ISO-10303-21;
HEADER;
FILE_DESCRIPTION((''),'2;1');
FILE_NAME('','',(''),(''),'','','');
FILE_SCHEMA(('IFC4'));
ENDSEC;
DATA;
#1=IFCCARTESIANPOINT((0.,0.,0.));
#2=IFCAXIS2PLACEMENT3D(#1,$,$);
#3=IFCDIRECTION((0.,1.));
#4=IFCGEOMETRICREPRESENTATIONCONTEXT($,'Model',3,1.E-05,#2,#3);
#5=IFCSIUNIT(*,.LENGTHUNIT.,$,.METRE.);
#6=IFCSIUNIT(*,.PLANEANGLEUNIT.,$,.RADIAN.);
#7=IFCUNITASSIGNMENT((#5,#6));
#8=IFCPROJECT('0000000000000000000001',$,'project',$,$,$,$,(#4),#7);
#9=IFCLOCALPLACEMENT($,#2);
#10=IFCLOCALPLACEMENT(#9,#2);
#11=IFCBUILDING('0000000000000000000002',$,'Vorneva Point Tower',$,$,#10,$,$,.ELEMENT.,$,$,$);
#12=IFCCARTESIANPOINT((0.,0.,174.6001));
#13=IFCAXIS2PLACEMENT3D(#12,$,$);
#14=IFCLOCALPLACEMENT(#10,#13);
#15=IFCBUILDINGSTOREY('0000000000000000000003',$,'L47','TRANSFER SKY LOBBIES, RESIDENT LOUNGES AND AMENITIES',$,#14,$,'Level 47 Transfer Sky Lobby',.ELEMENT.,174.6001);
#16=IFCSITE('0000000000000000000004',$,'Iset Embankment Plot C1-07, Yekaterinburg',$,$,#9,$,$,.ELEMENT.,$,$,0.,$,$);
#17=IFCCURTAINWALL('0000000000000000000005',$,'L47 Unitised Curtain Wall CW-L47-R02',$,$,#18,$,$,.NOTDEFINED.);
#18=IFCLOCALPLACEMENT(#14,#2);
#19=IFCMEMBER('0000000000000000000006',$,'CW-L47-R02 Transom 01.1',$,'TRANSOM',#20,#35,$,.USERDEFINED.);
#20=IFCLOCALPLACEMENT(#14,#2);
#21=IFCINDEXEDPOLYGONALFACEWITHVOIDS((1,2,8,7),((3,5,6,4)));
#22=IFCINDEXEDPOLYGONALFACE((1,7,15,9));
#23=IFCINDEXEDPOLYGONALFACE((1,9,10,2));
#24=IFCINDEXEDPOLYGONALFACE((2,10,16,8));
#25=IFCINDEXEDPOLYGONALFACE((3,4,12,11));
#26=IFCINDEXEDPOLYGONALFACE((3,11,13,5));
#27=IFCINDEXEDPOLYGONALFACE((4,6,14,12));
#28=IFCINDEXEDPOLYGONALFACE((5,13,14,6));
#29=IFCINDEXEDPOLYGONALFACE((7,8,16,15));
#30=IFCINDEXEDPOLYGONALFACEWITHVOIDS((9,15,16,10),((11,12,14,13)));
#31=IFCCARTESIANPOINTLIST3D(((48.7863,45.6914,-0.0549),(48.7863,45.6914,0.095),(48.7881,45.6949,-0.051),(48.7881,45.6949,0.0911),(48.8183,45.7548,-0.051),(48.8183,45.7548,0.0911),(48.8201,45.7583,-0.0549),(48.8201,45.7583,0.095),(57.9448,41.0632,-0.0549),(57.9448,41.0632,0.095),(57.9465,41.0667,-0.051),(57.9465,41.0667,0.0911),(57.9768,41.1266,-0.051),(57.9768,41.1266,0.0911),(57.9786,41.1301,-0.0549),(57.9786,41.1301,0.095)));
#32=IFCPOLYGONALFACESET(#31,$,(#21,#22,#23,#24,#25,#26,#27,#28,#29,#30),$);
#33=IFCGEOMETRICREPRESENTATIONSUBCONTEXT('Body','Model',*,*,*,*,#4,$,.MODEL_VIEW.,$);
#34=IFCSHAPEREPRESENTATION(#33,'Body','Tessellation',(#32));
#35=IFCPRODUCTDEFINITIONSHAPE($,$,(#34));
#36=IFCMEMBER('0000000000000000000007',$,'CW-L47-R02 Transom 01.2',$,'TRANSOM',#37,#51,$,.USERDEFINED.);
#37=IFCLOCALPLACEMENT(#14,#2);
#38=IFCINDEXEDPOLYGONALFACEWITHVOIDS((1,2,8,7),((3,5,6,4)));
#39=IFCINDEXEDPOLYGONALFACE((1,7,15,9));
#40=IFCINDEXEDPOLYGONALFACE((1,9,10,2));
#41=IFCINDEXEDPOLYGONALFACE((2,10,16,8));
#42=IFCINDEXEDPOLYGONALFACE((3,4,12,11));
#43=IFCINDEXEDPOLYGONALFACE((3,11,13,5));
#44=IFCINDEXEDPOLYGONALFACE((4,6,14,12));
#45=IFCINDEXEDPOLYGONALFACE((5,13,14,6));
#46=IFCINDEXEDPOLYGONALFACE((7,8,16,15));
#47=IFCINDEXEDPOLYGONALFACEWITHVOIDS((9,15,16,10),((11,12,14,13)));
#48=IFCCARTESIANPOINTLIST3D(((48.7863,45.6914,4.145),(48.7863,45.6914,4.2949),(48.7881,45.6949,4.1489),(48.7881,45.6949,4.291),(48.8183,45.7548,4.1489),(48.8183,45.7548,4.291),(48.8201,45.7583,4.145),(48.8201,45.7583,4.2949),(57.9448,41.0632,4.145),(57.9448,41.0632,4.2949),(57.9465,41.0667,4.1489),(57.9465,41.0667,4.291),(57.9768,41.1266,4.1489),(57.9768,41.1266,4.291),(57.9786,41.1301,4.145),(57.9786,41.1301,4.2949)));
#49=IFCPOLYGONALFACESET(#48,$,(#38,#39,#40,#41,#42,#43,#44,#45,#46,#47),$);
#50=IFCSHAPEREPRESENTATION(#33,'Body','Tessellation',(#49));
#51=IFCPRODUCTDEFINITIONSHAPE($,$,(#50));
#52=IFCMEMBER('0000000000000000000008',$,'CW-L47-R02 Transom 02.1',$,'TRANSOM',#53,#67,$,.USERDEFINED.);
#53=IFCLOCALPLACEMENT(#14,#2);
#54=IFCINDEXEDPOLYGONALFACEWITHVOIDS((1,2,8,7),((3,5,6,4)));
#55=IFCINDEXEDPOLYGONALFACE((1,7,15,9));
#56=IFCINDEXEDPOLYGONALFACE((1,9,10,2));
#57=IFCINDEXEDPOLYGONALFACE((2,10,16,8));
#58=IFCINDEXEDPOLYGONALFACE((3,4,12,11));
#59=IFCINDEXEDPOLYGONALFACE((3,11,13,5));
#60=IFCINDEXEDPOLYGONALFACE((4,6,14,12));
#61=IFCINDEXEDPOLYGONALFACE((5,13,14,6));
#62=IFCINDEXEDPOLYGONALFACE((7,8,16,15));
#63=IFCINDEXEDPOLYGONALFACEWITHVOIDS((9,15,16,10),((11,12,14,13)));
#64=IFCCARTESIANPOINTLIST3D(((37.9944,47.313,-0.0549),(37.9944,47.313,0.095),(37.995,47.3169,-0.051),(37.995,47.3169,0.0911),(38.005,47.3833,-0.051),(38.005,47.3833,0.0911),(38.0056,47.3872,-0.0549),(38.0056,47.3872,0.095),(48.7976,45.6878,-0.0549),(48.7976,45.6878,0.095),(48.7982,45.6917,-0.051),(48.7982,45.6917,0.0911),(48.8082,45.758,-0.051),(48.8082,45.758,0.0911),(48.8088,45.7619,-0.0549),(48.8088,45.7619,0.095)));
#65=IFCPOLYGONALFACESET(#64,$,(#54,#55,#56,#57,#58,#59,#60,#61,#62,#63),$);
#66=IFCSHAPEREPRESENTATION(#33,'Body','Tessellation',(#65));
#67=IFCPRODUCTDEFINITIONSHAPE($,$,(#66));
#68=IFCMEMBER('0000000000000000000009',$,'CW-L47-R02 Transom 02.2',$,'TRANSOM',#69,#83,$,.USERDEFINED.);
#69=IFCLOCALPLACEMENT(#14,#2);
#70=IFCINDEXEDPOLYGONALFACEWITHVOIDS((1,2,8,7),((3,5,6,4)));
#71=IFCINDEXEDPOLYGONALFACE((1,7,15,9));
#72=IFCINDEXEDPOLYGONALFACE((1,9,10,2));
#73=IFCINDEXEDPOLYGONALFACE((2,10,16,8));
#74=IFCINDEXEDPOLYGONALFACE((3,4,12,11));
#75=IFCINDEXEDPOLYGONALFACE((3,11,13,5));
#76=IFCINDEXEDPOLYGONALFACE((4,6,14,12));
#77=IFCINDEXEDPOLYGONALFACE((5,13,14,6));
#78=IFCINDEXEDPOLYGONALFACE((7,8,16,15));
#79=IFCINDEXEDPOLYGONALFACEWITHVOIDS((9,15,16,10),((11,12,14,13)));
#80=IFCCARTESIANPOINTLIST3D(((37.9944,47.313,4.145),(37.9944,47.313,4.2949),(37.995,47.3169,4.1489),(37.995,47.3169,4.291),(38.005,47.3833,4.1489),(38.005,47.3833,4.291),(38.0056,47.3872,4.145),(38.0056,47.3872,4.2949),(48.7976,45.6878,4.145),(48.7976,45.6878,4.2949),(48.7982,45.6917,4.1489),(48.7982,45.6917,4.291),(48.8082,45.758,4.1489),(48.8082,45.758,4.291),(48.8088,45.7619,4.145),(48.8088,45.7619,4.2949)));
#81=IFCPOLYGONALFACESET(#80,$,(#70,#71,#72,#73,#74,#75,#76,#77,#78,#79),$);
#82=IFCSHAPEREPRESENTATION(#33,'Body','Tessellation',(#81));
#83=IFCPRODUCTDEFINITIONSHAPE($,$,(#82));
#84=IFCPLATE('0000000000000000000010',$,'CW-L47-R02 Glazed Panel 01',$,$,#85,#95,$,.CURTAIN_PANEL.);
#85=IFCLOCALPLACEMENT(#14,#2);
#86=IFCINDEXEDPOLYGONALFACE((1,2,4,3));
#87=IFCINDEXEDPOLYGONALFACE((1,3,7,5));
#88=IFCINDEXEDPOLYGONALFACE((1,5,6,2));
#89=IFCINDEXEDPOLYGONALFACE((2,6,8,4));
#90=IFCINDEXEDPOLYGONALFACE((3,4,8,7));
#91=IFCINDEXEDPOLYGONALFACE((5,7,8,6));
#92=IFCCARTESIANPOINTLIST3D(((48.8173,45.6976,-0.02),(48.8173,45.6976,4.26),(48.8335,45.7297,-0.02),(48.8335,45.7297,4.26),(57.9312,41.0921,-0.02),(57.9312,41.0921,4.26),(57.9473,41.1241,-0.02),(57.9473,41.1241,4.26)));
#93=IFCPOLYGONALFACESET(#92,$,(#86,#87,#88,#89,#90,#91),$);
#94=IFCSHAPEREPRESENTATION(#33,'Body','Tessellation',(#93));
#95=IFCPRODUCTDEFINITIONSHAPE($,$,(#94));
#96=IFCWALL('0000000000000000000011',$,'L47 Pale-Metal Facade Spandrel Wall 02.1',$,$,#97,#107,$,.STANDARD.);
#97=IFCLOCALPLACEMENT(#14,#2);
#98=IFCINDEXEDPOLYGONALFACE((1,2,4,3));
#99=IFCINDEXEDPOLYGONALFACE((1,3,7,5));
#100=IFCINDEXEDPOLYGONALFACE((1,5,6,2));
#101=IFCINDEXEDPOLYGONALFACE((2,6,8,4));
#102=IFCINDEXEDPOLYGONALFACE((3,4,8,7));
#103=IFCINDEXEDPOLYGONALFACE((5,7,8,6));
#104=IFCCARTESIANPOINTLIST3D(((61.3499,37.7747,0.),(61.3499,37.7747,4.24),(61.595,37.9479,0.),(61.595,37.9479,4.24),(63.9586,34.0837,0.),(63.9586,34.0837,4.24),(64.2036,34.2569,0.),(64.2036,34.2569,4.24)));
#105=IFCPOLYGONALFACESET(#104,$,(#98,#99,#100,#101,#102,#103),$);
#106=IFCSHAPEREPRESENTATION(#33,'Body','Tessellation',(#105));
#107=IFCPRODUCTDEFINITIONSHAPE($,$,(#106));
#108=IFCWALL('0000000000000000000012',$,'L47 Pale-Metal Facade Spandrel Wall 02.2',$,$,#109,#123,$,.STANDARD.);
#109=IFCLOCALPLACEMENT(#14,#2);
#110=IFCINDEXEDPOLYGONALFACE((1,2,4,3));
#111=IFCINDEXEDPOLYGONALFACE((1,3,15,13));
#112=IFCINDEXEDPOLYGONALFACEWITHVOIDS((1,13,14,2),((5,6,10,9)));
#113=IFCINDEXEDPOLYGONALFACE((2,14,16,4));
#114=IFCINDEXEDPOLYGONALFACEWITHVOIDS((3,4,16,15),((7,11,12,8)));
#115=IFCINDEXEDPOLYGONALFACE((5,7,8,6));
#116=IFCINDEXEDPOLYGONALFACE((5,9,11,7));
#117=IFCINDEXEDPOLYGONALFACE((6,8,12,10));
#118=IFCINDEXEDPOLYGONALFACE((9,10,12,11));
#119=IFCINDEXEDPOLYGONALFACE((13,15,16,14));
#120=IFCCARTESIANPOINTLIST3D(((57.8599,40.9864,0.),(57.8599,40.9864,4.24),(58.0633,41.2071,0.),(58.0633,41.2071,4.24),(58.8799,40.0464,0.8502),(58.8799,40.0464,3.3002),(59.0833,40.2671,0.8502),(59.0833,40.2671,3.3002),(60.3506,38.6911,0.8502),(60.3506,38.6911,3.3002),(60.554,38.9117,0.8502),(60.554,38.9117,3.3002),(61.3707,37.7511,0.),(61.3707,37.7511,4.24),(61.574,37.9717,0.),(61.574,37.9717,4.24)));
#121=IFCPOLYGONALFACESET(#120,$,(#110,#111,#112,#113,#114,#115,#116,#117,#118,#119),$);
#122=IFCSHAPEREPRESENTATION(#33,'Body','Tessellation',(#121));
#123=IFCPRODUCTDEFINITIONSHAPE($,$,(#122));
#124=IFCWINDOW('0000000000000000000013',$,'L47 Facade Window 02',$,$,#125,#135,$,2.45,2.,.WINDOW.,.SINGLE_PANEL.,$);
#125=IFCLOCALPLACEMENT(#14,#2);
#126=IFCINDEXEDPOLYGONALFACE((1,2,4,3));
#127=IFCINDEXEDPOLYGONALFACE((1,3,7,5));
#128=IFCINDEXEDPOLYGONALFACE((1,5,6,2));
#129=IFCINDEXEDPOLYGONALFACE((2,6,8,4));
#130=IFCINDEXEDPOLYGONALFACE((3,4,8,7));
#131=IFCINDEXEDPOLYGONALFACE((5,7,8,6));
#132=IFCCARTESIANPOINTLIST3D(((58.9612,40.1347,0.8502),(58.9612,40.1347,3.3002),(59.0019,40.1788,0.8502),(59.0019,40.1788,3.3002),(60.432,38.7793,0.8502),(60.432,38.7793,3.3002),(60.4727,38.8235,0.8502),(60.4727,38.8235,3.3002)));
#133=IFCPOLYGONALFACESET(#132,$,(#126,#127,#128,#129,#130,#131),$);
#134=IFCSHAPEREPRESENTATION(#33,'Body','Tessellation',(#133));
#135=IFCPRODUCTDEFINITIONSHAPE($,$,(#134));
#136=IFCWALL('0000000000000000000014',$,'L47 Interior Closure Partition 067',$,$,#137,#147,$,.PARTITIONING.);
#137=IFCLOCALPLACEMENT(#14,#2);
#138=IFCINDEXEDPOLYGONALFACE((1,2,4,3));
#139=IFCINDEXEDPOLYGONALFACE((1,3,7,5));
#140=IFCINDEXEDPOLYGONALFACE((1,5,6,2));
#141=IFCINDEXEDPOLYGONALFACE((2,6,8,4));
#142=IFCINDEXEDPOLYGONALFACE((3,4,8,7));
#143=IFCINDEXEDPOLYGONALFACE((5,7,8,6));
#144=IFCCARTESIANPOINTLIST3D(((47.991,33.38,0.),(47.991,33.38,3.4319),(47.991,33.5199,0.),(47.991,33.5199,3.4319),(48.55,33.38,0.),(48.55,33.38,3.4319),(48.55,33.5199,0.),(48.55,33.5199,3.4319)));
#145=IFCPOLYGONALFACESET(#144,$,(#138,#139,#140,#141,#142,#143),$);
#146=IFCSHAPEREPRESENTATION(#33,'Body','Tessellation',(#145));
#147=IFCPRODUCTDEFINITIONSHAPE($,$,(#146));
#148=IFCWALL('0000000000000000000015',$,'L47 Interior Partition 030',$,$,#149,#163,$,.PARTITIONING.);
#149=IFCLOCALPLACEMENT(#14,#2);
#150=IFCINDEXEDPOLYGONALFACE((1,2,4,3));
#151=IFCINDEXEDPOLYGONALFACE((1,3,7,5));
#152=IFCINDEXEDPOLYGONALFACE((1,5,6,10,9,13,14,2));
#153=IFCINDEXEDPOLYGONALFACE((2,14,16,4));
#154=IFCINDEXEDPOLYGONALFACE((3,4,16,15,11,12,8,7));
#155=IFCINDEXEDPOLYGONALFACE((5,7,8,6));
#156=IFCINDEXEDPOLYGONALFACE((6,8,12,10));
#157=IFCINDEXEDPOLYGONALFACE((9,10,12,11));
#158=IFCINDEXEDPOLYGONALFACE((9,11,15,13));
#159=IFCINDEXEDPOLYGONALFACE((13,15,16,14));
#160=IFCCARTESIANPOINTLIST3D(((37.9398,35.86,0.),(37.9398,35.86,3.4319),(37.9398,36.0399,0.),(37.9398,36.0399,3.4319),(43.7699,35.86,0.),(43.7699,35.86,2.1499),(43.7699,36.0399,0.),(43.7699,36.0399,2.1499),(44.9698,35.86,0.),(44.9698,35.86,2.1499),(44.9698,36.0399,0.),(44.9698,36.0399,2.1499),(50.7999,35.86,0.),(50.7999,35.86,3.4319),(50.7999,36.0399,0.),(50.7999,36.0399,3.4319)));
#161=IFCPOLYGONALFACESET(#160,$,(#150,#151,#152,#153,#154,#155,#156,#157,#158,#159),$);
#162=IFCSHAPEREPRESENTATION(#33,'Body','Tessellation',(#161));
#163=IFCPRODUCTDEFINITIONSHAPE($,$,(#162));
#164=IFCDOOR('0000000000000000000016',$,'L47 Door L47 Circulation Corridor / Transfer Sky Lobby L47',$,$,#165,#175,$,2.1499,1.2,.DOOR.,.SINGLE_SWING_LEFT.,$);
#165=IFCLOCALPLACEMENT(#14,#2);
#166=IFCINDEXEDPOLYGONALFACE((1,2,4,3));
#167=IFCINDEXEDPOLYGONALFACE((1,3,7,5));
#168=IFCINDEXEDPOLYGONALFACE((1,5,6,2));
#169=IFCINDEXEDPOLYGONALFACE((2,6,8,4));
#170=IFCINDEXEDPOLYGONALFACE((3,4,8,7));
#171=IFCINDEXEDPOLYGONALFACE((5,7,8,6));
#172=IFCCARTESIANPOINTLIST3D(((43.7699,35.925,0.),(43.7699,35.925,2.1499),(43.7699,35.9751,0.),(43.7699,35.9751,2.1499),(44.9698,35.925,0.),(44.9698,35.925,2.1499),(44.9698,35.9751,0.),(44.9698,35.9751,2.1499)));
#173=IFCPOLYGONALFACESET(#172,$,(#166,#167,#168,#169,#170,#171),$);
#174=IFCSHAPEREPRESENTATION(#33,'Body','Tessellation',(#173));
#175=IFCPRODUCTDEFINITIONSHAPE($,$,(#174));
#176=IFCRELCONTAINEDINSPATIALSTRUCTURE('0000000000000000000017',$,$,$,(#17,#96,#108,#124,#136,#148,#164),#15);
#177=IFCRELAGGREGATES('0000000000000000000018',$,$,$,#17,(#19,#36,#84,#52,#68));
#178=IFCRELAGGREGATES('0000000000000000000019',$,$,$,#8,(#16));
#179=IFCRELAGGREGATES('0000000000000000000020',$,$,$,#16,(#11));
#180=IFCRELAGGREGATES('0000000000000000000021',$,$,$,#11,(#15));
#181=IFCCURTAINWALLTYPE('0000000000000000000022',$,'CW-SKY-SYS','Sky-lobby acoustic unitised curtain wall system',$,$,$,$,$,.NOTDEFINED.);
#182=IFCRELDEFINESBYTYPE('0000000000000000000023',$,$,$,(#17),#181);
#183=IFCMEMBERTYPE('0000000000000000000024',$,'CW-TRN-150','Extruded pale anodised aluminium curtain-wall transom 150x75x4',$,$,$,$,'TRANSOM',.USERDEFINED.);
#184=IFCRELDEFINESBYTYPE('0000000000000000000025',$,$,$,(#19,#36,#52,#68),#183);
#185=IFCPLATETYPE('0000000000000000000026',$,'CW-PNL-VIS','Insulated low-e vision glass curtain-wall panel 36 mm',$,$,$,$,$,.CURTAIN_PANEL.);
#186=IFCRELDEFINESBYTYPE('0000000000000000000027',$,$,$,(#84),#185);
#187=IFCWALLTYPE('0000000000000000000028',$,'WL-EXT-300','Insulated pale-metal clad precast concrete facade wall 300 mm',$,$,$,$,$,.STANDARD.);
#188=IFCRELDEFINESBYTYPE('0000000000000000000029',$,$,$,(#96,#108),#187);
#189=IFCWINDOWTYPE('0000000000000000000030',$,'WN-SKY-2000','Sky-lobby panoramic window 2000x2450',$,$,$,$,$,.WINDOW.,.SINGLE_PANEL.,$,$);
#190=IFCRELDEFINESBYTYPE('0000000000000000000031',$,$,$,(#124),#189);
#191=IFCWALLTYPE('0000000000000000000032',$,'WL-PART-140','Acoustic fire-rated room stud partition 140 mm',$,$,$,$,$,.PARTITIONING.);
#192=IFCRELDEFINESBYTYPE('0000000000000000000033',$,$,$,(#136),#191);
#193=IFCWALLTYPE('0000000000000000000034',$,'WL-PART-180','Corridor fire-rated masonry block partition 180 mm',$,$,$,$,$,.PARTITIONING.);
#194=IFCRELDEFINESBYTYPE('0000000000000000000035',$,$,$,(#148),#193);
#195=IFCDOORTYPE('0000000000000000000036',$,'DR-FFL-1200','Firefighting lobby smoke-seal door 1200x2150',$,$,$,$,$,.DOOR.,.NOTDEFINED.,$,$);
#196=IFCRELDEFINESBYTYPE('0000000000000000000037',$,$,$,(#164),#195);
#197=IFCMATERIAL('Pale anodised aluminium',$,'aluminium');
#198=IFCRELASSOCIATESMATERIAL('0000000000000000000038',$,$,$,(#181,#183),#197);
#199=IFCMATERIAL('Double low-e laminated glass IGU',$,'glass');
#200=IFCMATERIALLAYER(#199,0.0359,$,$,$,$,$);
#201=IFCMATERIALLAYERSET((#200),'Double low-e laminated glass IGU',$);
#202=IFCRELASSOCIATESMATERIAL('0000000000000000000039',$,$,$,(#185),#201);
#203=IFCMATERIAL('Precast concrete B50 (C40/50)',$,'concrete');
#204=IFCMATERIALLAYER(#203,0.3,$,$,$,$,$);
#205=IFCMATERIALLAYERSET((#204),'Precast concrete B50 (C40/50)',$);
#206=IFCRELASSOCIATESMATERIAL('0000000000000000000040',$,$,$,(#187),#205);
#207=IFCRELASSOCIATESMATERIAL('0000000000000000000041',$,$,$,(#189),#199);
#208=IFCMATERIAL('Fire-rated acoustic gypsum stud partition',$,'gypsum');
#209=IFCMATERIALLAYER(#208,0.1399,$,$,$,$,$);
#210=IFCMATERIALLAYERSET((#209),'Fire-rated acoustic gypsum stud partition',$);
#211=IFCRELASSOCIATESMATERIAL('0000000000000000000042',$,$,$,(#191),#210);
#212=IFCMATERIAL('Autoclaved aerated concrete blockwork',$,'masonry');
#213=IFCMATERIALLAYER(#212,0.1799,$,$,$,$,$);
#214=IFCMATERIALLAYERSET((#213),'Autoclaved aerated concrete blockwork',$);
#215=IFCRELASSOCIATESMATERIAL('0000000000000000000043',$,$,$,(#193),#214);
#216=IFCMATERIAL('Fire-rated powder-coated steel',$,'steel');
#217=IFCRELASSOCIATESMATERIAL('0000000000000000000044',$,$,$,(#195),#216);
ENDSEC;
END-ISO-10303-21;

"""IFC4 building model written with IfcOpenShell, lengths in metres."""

from ifc_helpers import new_model, si_unit, direction, frame, frame_2d, origin, origin_2d, place, context, subcontext, project, spatial, rectangle, hollow_rectangle, extrude, material, layer, layer_set, material_profile, profile_set, type_object, element, fill, aggregate, save


model = new_model("IFC4")

# Units and contexts
model_context = context("Model", 3, precision=1e-05, world=origin(), true_north=direction((0.0, 1.0)))
body_context = subcontext(model_context, "Body", "Model", "MODEL_VIEW")
ifc_project = project(units=[si_unit("LENGTHUNIT", "METRE"), si_unit("PLANEANGLEUNIT", "RADIAN")], contexts=[model_context])

# Site, building, storey
site_placement = place(None, origin())
site = spatial("IfcSite", under=ifc_project, at=site_placement, Name="Iset Embankment Plot C1-07, Yekaterinburg", CompositionType="ELEMENT", RefElevation=0.0)
building_placement = place(site_placement, origin())
building = spatial("IfcBuilding", under=site, at=building_placement, Name="Vorneva Point Tower", CompositionType="ELEMENT")
storey_placement = place(building_placement, frame((0.0, 0.0, 174.6001)))
storey = spatial("IfcBuildingStorey", under=building, at=storey_placement, Name="L47", Description="TRANSFER SKY LOBBIES, RESIDENT LOUNGES AND AMENITIES", LongName="Level 47 Transfer Sky Lobby", CompositionType="ELEMENT", Elevation=174.6001)

# Shared definitions
ifc_material_1 = material(Name="Pale anodised aluminium", Category="aluminium")
curtain_wall_type = type_object("IfcCurtainWallType", Name="CW-SKY-SYS", Description="Sky-lobby acoustic unitised curtain wall system", PredefinedType="NOTDEFINED", material=ifc_material_1)

# Curtain wall, members, plate
curtain_wall_1_placement = place(storey_placement, origin())
curtain_wall_1 = element("IfcCurtainWall", 1, at=curtain_wall_1_placement, inside=storey, type_object=curtain_wall_type, Name="L47 Unitised Curtain Wall CW-L47-R02", PredefinedType="NOTDEFINED")
ifc_material_profile_1 = material_profile(ifc_material_1, hollow_rectangle(XDim=0.075, YDim=0.1499, WallThickness=0.0039, at=origin_2d()), Name="AL-TRN 150x75x4")
ifc_profile_set_1 = profile_set([ifc_material_profile_1], Name="Pale anodised aluminium")
member_type_1 = type_object("IfcMemberType", Name="CW-TRN-150", Description="Extruded pale anodised aluminium curtain-wall transom 150x75x4", ElementType="TRANSOM", PredefinedType="USERDEFINED", material=ifc_profile_set_1)
member_1_placement = place(storey_placement, frame((57.9617, 41.0967, 0.02), z_axis=(-0.892511, 0.451026, 0.0), x_axis=(-0.451026, -0.892511, 0.0)))
member_1 = element("IfcMember", 2, at=member_1_placement, type_object=member_type_1, Name="CW-L47-R02 Transom 01.1", ObjectType="TRANSOM", PredefinedType="USERDEFINED", context=body_context, shape_type="SweptSolid", body=[
    extrude(hollow_rectangle(XDim=0.075, YDim=0.1499, WallThickness=0.0039, at=origin_2d()), origin(), (0.0, 0.0, 1.0), 10.2615),
])
member_2_placement = place(storey_placement, frame((57.9617, 41.0967, 4.22), z_axis=(-0.892511, 0.451026, 0.0), x_axis=(-0.451026, -0.892511, 0.0)))
member_2 = element("IfcMember", 3, at=member_2_placement, type_object=member_type_1, Name="CW-L47-R02 Transom 01.2", ObjectType="TRANSOM", PredefinedType="USERDEFINED", context=body_context, shape_type="SweptSolid", body=[
    extrude(hollow_rectangle(XDim=0.075, YDim=0.1499, WallThickness=0.0039, at=origin_2d()), origin(), (0.0, 0.0, 1.0), 10.2615),
])
member_3_placement = place(storey_placement, frame((48.8032, 45.7249, 0.02), z_axis=(-0.988872, 0.148767, 0.0), x_axis=(-0.148767, -0.988872, 0.0)))
member_3 = element("IfcMember", 4, at=member_3_placement, type_object=member_type_1, Name="CW-L47-R02 Transom 02.1", ObjectType="TRANSOM", PredefinedType="USERDEFINED", context=body_context, shape_type="SweptSolid", body=[
    extrude(hollow_rectangle(XDim=0.075, YDim=0.1499, WallThickness=0.0039, at=origin_2d()), origin(), (0.0, 0.0, 1.0), 10.9248),
])
member_4_placement = place(storey_placement, frame((48.8032, 45.7249, 4.22), z_axis=(-0.988872, 0.148767, 0.0), x_axis=(-0.148767, -0.988872, 0.0)))
member_4 = element("IfcMember", 5, at=member_4_placement, type_object=member_type_1, Name="CW-L47-R02 Transom 02.2", ObjectType="TRANSOM", PredefinedType="USERDEFINED", context=body_context, shape_type="SweptSolid", body=[
    extrude(hollow_rectangle(XDim=0.075, YDim=0.1499, WallThickness=0.0039, at=origin_2d()), origin(), (0.0, 0.0, 1.0), 10.9248),
])
ifc_material_2 = material(Name="Double low-e laminated glass IGU", Category="glass")
ifc_layer_1 = layer(ifc_material_2, 0.0359)
ifc_layer_set_1 = layer_set([ifc_layer_1], Name="Double low-e laminated glass IGU")
plate_type = type_object("IfcPlateType", Name="CW-PNL-VIS", Description="Insulated low-e vision glass curtain-wall panel 36 mm", PredefinedType="CURTAIN_PANEL", material=ifc_layer_set_1)
plate_placement = place(storey_placement, frame((53.3823, 43.4109, -0.02), z_axis=(0.0, 0.0, 1.0), x_axis=(-0.892515, 0.451018, 0.0)))
plate = element("IfcPlate", 6, at=plate_placement, type_object=plate_type, Name="CW-L47-R02 Glazed Panel 01", PredefinedType="CURTAIN_PANEL", context=body_context, shape_type="SweptSolid", body=[
    extrude(rectangle(XDim=10.2114, YDim=0.0359, at=origin_2d()), origin(), (0.0, 0.0, 1.0), 4.28),
])
aggregate(curtain_wall_1, [member_1, member_2, plate, member_3, member_4])

# Wall
ifc_material_3 = material(Name="Precast concrete B50 (C40/50)", Category="concrete")
ifc_layer_2 = layer(ifc_material_3, 0.3)
ifc_layer_set_2 = layer_set([ifc_layer_2], Name="Precast concrete B50 (C40/50)")
wall_type_1 = type_object("IfcWallType", Name="WL-EXT-300", Description="Insulated pale-metal clad precast concrete facade wall 300 mm", PredefinedType="STANDARD", material=ifc_layer_set_2)
wall_1_placement = place(storey_placement, frame((64.0811, 34.1704, 0.0), z_axis=(0.0, 0.0, 1.0), x_axis=(-0.577169, 0.816625, 0.0)))
element("IfcWall", 7, at=wall_1_placement, inside=storey, type_object=wall_type_1, Name="L47 Pale-Metal Facade Spandrel Wall 02.1", PredefinedType="STANDARD", context=body_context, shape_type="SweptSolid", body=[
    extrude(rectangle(XDim=4.5198, YDim=0.3, at=frame_2d((2.2598, 0.0))), origin(), (0.0, 0.0, 1.0), 4.24),
])

# Wall, opening, window
wall_2_placement = place(storey_placement, frame((61.4724, 37.8613, 0.0), z_axis=(0.0, 0.0, 1.0), x_axis=(-0.73536, 0.677677, 0.0)))
wall_2 = element("IfcWall", 8, at=wall_2_placement, inside=storey, type_object=wall_type_1, Name="L47 Pale-Metal Facade Spandrel Wall 02.2", PredefinedType="STANDARD", context=body_context, shape_type="SweptSolid", body=[
    extrude(rectangle(XDim=4.7742, YDim=0.3, at=frame_2d((2.3872, 0.0))), origin(), (0.0, 0.0, 1.0), 4.24),
])
opening_1_placement = place(wall_2_placement, frame((1.3872, 0.0, 0.8501)))
opening_1 = element("IfcOpeningElement", 9, at=opening_1_placement, cuts=wall_2, PredefinedType="OPENING", context=body_context, shape_type="SweptSolid", body=[
    extrude(rectangle(XDim=2.0, YDim=2.45, at=frame_2d((1.0, 1.2251))), frame((0.0, 0.165, 0.0), z_axis=(0.0, -1.0, 0.0), x_axis=(1.0, 0.0, 0.0)), (0.0, 0.0, 1.0), 0.3298),
])
window_type = type_object("IfcWindowType", Name="WN-SKY-2000", Description="Sky-lobby panoramic window 2000x2450", PartitioningType="SINGLE_PANEL", PredefinedType="WINDOW", material=ifc_material_2)
window_placement = place(opening_1_placement, origin())
window = element("IfcWindow", 10, at=window_placement, inside=storey, type_object=window_type, Name="L47 Facade Window 02", OverallHeight=2.45, OverallWidth=2.0, PartitioningType="SINGLE_PANEL", PredefinedType="WINDOW", context=body_context, shape_type="SweptSolid", body=[
    extrude(rectangle(XDim=2.0, YDim=2.45, at=frame_2d((1.0, 1.2251))), frame((0.0, 0.03, 0.0), z_axis=(0.0, -1.0, 0.0), x_axis=(1.0, 0.0, 0.0)), (0.0, 0.0, 1.0), 0.0601),
])
fill(opening_1, window)

# Wall
ifc_material_4 = material(Name="Fire-rated acoustic gypsum stud partition", Category="gypsum")
ifc_layer_3 = layer(ifc_material_4, 0.1399)
ifc_layer_set_3 = layer_set([ifc_layer_3], Name="Fire-rated acoustic gypsum stud partition")
wall_type_2 = type_object("IfcWallType", Name="WL-PART-140", Description="Acoustic fire-rated room stud partition 140 mm", PredefinedType="PARTITIONING", material=ifc_layer_set_3)
wall_3_placement = place(storey_placement, frame((48.55, 33.45, 0.0), z_axis=(0.0, 0.0, 1.0), x_axis=(-1.0, 0.0, 0.0)))
element("IfcWall", 11, at=wall_3_placement, inside=storey, type_object=wall_type_2, Name="L47 Interior Closure Partition 067", PredefinedType="PARTITIONING", context=body_context, shape_type="SweptSolid", body=[
    extrude(rectangle(XDim=0.5591, YDim=0.1399, at=frame_2d((0.2795, 0.0))), origin(), (0.0, 0.0, 1.0), 3.4319),
])

# Wall, opening, door
ifc_material_5 = material(Name="Autoclaved aerated concrete blockwork", Category="masonry")
ifc_layer_4 = layer(ifc_material_5, 0.1799)
ifc_layer_set_4 = layer_set([ifc_layer_4], Name="Autoclaved aerated concrete blockwork")
wall_type_3 = type_object("IfcWallType", Name="WL-PART-180", Description="Corridor fire-rated masonry block partition 180 mm", PredefinedType="PARTITIONING", material=ifc_layer_set_4)
wall_4_placement = place(storey_placement, frame((50.8, 35.95, 0.0), z_axis=(0.0, 0.0, 1.0), x_axis=(-1.0, 0.0, 0.0)))
wall_4 = element("IfcWall", 12, at=wall_4_placement, inside=storey, type_object=wall_type_3, Name="L47 Interior Partition 030", PredefinedType="PARTITIONING", context=body_context, shape_type="SweptSolid", body=[
    extrude(rectangle(XDim=12.8601, YDim=0.1799, at=frame_2d((6.4302, 0.0))), origin(), (0.0, 0.0, 1.0), 3.4319),
])
opening_2_placement = place(wall_4_placement, frame((5.8301, 0.0, 0.0)))
opening_2 = element("IfcOpeningElement", 13, at=opening_2_placement, cuts=wall_4, PredefinedType="OPENING", context=body_context, shape_type="SweptSolid", body=[
    extrude(rectangle(XDim=1.2, YDim=2.1499, at=frame_2d((0.6001, 1.075))), frame((0.0, 0.105, 0.0), z_axis=(0.0, -1.0, 0.0), x_axis=(1.0, 0.0, 0.0)), (0.0, 0.0, 1.0), 0.2097),
])
ifc_material_6 = material(Name="Fire-rated powder-coated steel", Category="steel")
door_type_1 = type_object("IfcDoorType", Name="DR-FFL-1200", Description="Firefighting lobby smoke-seal door 1200x2150", OperationType="NOTDEFINED", PredefinedType="DOOR", material=ifc_material_6)
door_1_placement = place(opening_2_placement, origin())
door_1 = element("IfcDoor", 14, at=door_1_placement, inside=storey, type_object=door_type_1, Name="L47 Door L47 Circulation Corridor / Transfer Sky Lobby L47", OperationType="SINGLE_SWING_LEFT", OverallHeight=2.1499, OverallWidth=1.2, PredefinedType="DOOR", context=body_context, shape_type="SweptSolid", body=[
    extrude(rectangle(XDim=1.2, YDim=2.1499, at=frame_2d((0.6001, 1.075))), frame((0.0, 0.0249, 0.0), z_axis=(0.0, -1.0, 0.0), x_axis=(1.0, 0.0, 0.0)), (0.0, 0.0, 1.0), 0.05),
])
fill(opening_2, door_1)

save(model, "model.ifc")
